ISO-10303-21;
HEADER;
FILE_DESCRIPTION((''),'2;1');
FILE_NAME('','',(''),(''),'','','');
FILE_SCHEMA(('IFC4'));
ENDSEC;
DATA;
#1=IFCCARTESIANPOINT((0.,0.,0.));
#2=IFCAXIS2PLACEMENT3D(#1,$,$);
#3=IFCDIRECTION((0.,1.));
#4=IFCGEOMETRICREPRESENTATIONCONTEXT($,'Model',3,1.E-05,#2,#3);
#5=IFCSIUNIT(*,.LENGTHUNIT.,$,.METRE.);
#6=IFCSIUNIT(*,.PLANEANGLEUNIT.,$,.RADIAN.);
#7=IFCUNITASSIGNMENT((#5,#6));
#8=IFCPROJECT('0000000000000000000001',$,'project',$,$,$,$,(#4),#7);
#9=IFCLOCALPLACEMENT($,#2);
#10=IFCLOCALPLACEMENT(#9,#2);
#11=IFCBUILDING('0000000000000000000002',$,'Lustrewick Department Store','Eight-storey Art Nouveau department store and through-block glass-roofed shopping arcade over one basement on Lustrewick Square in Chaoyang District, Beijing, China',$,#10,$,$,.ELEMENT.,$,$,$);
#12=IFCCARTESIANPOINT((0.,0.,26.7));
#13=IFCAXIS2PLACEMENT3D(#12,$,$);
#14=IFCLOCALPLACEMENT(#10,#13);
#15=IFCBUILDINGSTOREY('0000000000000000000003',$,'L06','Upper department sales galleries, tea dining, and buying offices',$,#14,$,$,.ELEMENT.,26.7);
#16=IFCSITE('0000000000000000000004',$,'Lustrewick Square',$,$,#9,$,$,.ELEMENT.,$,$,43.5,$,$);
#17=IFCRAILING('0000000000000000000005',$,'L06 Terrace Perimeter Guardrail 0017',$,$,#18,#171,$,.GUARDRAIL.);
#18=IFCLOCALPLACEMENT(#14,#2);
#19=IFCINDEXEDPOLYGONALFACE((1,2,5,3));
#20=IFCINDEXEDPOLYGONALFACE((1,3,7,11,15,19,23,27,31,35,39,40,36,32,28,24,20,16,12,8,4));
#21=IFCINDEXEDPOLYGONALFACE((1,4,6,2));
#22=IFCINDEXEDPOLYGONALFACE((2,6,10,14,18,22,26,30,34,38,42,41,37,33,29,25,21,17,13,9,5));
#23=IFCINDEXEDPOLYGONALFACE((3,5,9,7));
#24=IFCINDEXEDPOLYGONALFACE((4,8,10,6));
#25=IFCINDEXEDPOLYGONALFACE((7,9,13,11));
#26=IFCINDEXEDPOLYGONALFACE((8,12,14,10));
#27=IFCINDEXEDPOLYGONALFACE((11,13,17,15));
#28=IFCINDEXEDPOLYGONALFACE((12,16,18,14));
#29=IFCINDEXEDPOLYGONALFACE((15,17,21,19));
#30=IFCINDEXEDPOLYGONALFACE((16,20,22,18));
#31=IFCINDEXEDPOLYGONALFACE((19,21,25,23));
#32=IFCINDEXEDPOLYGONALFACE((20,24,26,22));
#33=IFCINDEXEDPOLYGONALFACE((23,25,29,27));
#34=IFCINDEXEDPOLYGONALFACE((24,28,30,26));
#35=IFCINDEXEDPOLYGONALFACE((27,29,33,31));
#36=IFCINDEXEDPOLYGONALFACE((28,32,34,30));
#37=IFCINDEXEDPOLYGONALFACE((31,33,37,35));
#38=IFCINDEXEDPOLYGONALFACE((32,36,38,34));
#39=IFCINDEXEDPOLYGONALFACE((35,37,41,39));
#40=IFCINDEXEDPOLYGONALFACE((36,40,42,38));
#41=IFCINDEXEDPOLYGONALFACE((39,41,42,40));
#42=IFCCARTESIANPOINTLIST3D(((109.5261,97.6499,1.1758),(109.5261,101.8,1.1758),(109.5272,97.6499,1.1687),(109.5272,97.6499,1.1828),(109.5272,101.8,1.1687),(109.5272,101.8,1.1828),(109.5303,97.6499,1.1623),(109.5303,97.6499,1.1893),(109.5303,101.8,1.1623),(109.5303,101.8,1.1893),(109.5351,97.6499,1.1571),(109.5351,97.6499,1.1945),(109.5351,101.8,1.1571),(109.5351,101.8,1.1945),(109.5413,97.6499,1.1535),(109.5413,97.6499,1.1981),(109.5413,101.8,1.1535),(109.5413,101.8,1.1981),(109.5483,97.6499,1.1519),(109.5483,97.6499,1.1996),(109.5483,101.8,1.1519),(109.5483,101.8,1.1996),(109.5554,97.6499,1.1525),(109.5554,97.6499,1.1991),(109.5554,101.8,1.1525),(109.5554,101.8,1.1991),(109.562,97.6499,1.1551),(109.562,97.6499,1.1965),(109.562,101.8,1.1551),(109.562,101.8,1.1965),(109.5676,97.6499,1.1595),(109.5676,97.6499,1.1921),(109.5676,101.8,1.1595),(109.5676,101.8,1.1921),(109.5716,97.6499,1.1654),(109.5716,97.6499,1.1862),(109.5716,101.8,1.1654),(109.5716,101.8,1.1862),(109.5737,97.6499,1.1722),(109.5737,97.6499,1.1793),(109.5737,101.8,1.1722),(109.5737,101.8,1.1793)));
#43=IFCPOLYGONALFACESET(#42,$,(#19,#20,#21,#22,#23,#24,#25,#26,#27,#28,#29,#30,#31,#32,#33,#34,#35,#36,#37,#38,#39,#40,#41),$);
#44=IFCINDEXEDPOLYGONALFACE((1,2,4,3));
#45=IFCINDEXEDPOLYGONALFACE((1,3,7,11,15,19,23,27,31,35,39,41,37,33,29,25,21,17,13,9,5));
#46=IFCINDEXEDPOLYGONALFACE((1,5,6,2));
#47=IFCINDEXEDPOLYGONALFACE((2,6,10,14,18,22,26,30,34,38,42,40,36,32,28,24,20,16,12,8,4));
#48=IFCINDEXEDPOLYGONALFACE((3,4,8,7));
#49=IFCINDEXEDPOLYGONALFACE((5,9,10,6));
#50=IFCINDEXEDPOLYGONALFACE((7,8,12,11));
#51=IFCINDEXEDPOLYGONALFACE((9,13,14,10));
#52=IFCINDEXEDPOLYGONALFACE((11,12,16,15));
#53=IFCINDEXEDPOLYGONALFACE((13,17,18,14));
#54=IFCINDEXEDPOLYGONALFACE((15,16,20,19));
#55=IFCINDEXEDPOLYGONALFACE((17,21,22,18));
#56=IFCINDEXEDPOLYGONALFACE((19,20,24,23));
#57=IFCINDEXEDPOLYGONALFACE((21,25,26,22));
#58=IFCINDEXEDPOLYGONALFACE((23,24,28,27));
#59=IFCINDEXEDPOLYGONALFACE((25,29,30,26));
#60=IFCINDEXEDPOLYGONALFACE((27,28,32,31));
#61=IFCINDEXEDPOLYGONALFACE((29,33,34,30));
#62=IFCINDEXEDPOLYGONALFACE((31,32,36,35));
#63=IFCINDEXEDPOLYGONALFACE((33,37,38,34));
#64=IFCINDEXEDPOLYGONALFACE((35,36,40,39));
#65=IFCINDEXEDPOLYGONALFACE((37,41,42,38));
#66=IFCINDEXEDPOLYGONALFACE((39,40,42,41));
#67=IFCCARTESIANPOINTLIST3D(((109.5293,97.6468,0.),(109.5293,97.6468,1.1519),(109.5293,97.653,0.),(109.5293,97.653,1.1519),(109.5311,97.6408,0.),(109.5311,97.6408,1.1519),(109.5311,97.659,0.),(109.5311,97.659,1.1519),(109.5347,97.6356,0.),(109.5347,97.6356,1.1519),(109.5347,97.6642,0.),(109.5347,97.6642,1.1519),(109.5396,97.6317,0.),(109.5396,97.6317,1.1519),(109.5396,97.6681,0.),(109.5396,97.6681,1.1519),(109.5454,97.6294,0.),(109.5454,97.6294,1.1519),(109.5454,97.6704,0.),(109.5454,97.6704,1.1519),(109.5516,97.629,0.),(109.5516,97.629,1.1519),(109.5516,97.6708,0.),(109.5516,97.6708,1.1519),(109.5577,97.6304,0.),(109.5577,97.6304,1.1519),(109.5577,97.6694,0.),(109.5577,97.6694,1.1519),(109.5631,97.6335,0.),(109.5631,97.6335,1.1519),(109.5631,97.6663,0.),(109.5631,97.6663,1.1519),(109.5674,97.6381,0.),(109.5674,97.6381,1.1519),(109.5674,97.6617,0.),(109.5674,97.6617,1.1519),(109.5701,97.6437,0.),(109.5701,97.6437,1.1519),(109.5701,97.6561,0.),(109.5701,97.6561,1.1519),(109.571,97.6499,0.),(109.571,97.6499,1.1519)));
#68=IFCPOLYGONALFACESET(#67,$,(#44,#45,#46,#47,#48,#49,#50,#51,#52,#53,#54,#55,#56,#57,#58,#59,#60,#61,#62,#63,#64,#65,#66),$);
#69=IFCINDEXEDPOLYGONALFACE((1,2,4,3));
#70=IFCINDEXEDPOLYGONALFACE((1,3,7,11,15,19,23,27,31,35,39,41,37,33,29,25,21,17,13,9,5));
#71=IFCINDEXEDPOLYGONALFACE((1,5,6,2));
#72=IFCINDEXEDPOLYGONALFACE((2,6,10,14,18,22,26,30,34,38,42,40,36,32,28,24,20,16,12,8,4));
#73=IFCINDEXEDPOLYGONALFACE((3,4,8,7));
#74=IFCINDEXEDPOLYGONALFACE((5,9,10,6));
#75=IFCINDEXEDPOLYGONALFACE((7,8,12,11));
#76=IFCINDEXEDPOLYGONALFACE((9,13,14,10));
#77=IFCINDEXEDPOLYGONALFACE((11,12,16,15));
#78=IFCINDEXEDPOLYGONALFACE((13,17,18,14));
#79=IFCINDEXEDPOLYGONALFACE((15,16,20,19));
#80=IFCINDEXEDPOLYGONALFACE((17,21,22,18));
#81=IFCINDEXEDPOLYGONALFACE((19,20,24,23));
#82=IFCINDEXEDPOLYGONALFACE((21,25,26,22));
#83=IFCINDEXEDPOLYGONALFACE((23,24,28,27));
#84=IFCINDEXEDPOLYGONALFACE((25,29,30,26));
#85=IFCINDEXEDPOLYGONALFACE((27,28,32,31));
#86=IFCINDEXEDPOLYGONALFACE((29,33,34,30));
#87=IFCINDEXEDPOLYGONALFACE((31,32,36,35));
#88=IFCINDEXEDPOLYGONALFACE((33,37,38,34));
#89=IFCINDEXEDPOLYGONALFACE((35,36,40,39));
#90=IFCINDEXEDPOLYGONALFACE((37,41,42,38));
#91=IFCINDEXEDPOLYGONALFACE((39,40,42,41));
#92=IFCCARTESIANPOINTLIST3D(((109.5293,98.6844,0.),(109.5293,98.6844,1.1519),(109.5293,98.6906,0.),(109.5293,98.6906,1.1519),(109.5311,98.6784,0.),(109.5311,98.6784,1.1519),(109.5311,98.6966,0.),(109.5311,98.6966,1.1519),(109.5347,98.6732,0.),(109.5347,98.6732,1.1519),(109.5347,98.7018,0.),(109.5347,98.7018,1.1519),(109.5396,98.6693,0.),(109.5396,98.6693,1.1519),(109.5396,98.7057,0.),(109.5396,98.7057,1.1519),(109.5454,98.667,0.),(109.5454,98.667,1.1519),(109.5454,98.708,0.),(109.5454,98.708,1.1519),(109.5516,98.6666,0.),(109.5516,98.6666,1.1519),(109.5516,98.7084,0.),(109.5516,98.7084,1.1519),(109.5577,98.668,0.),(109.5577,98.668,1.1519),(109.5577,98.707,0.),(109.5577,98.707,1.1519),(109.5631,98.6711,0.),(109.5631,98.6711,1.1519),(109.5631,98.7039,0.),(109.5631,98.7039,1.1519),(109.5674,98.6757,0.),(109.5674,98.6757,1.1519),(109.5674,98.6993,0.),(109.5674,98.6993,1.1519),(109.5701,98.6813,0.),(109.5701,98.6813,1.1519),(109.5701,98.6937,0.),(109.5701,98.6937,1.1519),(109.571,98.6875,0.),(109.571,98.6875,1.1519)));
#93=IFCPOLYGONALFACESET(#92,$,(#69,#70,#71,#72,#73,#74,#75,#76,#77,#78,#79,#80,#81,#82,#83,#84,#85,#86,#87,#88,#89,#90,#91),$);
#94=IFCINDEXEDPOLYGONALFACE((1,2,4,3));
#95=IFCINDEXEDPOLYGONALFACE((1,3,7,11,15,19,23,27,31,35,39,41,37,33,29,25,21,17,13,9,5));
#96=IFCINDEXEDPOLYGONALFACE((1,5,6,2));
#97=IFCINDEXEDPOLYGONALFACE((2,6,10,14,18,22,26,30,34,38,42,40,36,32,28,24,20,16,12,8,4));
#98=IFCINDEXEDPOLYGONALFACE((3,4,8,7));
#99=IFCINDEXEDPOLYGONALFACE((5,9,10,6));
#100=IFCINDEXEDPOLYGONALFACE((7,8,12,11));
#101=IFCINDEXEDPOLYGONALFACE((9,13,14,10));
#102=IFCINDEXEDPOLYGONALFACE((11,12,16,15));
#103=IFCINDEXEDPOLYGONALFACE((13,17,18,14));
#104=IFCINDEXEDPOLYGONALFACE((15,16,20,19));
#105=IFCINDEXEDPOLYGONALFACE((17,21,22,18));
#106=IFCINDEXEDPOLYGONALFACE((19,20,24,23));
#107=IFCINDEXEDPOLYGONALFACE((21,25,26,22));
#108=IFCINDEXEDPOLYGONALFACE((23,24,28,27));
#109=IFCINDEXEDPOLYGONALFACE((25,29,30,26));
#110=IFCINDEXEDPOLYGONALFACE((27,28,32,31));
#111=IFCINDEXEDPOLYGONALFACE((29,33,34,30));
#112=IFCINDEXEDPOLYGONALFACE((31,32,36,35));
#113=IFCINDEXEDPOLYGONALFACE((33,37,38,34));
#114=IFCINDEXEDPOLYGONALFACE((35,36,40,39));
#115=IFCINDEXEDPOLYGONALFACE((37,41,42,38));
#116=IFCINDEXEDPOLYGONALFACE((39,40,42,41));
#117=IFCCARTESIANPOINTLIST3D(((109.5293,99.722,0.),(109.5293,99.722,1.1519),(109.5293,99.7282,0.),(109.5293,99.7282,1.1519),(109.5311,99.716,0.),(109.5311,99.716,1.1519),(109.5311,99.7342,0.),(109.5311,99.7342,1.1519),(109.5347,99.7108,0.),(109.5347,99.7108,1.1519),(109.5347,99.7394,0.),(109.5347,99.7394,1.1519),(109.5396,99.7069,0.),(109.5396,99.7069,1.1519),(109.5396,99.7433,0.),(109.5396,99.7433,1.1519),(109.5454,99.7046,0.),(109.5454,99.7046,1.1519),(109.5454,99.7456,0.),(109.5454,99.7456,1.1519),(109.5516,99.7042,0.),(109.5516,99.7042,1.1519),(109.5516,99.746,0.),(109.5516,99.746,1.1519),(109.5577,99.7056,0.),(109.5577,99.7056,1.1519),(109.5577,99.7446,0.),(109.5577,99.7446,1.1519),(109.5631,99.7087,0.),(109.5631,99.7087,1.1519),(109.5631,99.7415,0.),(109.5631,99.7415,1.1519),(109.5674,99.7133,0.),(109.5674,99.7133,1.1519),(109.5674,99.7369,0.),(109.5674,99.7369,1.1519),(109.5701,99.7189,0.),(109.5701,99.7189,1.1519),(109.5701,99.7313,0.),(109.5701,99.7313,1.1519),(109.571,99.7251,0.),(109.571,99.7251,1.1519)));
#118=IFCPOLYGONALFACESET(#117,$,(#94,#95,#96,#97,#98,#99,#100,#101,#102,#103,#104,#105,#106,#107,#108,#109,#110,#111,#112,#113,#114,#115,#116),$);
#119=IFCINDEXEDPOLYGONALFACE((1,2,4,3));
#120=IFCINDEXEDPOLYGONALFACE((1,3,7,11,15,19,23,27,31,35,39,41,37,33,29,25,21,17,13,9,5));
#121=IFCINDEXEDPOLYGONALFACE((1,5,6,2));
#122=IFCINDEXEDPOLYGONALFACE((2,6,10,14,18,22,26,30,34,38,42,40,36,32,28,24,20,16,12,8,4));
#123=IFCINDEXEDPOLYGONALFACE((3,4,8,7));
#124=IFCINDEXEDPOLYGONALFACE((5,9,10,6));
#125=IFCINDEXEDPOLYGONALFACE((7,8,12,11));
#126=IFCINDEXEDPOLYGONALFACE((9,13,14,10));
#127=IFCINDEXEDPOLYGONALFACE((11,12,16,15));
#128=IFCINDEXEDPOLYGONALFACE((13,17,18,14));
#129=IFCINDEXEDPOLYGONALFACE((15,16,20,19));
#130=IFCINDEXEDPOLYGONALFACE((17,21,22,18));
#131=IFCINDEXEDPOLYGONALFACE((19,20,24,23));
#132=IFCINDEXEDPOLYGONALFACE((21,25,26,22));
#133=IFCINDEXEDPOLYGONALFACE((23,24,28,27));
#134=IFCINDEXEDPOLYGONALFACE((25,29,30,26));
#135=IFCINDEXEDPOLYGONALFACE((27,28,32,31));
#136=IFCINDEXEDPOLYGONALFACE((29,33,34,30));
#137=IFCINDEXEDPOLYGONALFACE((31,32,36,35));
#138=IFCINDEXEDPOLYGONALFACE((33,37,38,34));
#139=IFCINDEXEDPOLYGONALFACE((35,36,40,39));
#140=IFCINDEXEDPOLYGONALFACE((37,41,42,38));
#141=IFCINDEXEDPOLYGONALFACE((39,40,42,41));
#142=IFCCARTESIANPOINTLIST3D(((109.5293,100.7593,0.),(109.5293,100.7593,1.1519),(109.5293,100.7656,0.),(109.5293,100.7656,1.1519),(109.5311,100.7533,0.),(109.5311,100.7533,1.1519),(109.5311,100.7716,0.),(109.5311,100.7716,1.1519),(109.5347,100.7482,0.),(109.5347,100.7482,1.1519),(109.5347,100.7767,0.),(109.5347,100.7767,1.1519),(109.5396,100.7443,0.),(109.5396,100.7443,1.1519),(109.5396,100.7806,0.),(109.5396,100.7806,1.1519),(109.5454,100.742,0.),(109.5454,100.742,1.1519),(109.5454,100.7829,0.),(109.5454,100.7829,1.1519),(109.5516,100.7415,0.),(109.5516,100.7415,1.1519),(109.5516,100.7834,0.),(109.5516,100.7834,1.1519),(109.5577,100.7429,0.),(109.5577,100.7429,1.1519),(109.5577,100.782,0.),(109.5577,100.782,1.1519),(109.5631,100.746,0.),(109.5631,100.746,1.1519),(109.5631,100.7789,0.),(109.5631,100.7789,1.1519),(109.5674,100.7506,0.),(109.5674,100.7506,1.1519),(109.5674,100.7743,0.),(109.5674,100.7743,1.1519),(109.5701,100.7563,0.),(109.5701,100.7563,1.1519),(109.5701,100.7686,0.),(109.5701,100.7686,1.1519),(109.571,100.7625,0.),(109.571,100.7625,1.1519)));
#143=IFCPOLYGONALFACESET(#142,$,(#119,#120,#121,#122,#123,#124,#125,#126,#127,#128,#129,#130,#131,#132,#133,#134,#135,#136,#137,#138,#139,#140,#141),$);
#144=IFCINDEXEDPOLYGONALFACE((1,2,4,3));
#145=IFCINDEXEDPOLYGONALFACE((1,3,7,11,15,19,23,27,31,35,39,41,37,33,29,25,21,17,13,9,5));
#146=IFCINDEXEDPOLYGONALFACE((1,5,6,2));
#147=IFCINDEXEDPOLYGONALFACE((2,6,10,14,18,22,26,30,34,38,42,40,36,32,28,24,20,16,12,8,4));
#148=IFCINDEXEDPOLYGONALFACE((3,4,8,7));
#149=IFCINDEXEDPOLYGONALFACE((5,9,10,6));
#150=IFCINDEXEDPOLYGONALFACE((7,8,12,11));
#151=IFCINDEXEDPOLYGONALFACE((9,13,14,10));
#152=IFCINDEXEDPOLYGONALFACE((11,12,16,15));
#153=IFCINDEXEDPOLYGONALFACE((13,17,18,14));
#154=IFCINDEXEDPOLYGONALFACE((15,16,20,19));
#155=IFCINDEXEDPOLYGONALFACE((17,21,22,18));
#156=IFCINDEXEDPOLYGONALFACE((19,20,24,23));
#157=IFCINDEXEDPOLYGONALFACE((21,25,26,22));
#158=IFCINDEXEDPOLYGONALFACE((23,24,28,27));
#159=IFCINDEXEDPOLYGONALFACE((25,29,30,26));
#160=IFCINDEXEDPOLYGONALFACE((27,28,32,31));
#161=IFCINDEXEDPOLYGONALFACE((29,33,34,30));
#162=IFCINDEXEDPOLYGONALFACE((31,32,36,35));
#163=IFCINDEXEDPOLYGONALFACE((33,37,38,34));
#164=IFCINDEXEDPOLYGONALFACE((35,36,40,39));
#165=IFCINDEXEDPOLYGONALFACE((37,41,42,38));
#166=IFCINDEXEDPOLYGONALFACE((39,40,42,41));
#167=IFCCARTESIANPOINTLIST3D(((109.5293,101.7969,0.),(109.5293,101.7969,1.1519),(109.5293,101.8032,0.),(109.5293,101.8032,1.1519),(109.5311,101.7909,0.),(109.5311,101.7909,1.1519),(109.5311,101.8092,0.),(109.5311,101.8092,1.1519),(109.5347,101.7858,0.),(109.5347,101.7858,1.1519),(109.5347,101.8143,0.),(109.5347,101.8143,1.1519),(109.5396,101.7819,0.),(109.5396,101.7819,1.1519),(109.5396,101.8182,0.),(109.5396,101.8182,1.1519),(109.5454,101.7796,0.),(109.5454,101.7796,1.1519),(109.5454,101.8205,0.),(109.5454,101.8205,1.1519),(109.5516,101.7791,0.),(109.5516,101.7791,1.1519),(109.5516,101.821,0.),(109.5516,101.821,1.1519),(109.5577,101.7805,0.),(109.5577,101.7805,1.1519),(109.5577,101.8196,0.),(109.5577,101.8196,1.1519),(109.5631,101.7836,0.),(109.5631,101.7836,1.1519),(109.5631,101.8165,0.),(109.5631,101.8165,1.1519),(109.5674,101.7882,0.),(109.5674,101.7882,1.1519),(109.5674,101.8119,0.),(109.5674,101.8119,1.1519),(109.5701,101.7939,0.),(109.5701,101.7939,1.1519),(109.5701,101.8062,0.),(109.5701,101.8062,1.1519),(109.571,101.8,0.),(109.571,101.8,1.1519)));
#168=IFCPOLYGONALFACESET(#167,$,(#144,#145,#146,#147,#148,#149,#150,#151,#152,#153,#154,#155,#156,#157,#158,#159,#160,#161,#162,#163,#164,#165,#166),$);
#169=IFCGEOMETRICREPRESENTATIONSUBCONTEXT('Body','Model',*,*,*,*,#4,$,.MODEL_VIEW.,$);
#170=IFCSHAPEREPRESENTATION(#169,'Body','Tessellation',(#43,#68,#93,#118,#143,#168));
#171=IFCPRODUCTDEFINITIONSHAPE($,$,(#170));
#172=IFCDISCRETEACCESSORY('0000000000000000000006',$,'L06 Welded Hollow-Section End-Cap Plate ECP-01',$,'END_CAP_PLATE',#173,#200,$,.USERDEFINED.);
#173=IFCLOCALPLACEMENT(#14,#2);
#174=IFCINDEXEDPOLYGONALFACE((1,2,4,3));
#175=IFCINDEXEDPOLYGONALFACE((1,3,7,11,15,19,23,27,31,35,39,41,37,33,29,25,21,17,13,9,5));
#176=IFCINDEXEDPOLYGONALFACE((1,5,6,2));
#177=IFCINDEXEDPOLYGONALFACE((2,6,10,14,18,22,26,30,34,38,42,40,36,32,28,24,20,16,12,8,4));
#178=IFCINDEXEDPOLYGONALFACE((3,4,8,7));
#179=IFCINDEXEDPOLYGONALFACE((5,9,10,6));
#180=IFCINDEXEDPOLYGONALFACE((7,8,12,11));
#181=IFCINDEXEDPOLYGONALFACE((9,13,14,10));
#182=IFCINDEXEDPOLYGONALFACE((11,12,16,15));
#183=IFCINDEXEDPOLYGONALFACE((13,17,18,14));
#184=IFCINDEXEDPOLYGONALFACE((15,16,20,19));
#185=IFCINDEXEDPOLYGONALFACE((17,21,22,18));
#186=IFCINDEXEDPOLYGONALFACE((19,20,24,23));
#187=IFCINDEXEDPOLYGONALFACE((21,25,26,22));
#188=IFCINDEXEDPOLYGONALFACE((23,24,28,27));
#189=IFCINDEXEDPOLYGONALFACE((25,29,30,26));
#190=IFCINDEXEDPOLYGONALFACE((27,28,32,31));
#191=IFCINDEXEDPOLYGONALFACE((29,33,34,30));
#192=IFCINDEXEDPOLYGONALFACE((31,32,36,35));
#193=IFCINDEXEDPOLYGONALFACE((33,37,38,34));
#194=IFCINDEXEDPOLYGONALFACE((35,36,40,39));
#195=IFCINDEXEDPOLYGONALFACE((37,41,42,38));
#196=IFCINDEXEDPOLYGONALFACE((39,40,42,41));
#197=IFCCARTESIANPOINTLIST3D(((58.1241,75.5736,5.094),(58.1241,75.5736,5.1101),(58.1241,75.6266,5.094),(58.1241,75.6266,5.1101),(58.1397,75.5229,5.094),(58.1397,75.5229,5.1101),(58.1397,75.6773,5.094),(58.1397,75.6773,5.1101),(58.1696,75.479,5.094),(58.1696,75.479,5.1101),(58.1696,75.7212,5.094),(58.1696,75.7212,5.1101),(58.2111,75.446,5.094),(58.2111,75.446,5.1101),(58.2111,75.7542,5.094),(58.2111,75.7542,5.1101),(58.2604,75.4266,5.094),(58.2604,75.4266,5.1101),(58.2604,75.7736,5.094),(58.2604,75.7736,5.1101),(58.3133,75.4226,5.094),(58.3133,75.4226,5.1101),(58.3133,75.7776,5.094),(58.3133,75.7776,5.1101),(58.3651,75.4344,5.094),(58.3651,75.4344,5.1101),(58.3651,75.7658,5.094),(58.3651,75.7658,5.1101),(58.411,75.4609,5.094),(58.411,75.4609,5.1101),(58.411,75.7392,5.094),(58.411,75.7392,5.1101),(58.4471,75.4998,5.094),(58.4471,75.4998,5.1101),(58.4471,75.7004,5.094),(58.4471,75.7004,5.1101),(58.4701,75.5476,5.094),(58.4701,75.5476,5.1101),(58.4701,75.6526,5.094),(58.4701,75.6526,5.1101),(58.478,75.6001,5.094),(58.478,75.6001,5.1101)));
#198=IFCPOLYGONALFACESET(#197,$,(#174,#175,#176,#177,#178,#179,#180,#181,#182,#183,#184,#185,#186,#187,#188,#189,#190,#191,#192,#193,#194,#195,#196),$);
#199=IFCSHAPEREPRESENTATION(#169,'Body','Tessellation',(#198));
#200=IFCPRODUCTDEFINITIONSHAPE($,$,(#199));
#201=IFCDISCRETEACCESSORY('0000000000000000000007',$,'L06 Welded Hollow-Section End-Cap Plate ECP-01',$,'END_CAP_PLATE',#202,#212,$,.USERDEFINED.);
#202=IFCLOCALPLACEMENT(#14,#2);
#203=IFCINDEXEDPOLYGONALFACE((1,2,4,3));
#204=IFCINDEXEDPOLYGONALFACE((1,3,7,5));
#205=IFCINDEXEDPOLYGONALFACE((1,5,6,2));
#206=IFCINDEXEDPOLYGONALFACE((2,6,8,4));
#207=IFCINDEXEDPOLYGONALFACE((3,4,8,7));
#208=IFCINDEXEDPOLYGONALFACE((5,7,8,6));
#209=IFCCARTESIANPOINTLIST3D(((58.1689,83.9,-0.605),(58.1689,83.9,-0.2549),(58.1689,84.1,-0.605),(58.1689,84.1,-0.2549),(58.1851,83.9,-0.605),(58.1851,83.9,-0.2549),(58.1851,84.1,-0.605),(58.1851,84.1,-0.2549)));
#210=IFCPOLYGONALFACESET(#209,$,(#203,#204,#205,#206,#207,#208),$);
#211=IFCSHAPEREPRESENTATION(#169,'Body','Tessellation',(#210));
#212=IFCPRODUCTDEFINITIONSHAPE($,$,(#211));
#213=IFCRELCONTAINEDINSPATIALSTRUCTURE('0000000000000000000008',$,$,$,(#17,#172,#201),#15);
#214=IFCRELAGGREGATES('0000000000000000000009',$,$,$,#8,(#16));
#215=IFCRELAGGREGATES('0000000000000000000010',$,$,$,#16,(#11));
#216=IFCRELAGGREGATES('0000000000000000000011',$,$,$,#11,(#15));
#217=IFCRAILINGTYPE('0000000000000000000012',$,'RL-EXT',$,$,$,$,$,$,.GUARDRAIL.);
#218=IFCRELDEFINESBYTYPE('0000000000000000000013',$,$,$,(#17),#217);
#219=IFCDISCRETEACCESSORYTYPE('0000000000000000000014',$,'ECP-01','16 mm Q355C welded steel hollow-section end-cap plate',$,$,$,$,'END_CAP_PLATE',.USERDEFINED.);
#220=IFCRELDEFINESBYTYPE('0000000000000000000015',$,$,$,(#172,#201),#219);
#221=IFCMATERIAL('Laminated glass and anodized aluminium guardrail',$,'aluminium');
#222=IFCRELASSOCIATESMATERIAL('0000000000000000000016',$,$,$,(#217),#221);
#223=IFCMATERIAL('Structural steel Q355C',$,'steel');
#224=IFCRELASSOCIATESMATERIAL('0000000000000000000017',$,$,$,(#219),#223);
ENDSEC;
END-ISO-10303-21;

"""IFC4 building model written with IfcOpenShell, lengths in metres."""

from ifc_helpers import new_model, si_unit, direction, frame, origin, origin_2d, place, context, subcontext, project, spatial, rectangle, circle, extrude, material, type_object, element, save


model = new_model("IFC4")

# Units and contexts
model_context = context("Model", 3, precision=1e-05, world=origin(), true_north=direction((0.0, 1.0)))
body_context = subcontext(model_context, "Body", "Model", "MODEL_VIEW")
ifc_project = project(units=[si_unit("LENGTHUNIT", "METRE"), si_unit("PLANEANGLEUNIT", "RADIAN")], contexts=[model_context])

# Site, building, storey
site_placement = place(None, origin())
site = spatial("IfcSite", under=ifc_project, at=site_placement, Name="Lustrewick Square", CompositionType="ELEMENT", RefElevation=43.5)
building_placement = place(site_placement, origin())
building = spatial("IfcBuilding", under=site, at=building_placement, Name="Lustrewick Department Store", Description="Eight-storey Art Nouveau department store and through-block glass-roofed shopping arcade over one basement on Lustrewick Square in Chaoyang District, Beijing, China", CompositionType="ELEMENT")
storey_placement = place(building_placement, frame((0.0, 0.0, 26.7)))
storey = spatial("IfcBuildingStorey", under=building, at=storey_placement, Name="L06", Description="Upper department sales galleries, tea dining, and buying offices", CompositionType="ELEMENT", Elevation=26.7)

# Railing
ifc_material_1 = material(Name="Laminated glass and anodized aluminium guardrail", Category="aluminium")
railing_type = type_object("IfcRailingType", Name="RL-EXT", PredefinedType="GUARDRAIL", material=ifc_material_1)
railing_1_placement = place(storey_placement, frame((109.55, 97.6499, 0.0)))
element("IfcRailing", 1, at=railing_1_placement, inside=storey, type_object=railing_type, Name="L06 Terrace Perimeter Guardrail 0017", PredefinedType="GUARDRAIL", context=body_context, shape_type="SweptSolid", body=[
    extrude(circle(Radius=0.0239, at=origin_2d()), frame((0.0, 0.0, 1.1758), z_axis=(0.0, 1.0, 0.0), x_axis=(-1.0, 0.0, 0.0)), (0.0, 0.0, 1.0), 4.1501),
    extrude(circle(Radius=0.021, at=origin_2d()), origin(), (0.0, 0.0, 1.0), 1.1519),
    extrude(circle(Radius=0.021, at=origin_2d()), frame((0.0, 1.0376, 0.0)), (0.0, 0.0, 1.0), 1.1519),
    extrude(circle(Radius=0.021, at=origin_2d()), frame((0.0, 2.0752, 0.0)), (0.0, 0.0, 1.0), 1.1519),
    extrude(circle(Radius=0.021, at=origin_2d()), frame((0.0, 3.1125, 0.0)), (0.0, 0.0, 1.0), 1.1519),
    extrude(circle(Radius=0.021, at=origin_2d()), frame((0.0, 4.1501, 0.0)), (0.0, 0.0, 1.0), 1.1519),
])

# Discrete accessories
ifc_material_2 = material(Name="Structural steel Q355C", Category="steel")
discrete_accessory_type = type_object("IfcDiscreteAccessoryType", Name="ECP-01", Description="16 mm Q355C welded steel hollow-section end-cap plate", ElementType="END_CAP_PLATE", PredefinedType="USERDEFINED", material=ifc_material_2)
discrete_accessory_1_placement = place(storey_placement, frame((58.3, 75.6001, 5.094), z_axis=(0.0, 0.0, 1.0), x_axis=(1.0, 0.0, 0.0)))
element("IfcDiscreteAccessory", 2, at=discrete_accessory_1_placement, inside=storey, type_object=discrete_accessory_type, Name="L06 Welded Hollow-Section End-Cap Plate ECP-01", ObjectType="END_CAP_PLATE", PredefinedType="USERDEFINED", context=body_context, shape_type="SweptSolid", body=[
    extrude(circle(Radius=0.178, at=origin_2d()), origin(), (0.0, 0.0, 1.0), 0.0161),
])
discrete_accessory_2_placement = place(storey_placement, frame((58.1689, 84.0, -0.4299), z_axis=(1.0, 0.0, 0.0), x_axis=(0.0, 1.0, 0.0)))
element("IfcDiscreteAccessory", 3, at=discrete_accessory_2_placement, inside=storey, type_object=discrete_accessory_type, Name="L06 Welded Hollow-Section End-Cap Plate ECP-01", ObjectType="END_CAP_PLATE", PredefinedType="USERDEFINED", context=body_context, shape_type="SweptSolid", body=[
    extrude(rectangle(XDim=0.2, YDim=0.3501, at=origin_2d()), origin(), (0.0, 0.0, 1.0), 0.0161),
])

save(model, "model.ifc")
